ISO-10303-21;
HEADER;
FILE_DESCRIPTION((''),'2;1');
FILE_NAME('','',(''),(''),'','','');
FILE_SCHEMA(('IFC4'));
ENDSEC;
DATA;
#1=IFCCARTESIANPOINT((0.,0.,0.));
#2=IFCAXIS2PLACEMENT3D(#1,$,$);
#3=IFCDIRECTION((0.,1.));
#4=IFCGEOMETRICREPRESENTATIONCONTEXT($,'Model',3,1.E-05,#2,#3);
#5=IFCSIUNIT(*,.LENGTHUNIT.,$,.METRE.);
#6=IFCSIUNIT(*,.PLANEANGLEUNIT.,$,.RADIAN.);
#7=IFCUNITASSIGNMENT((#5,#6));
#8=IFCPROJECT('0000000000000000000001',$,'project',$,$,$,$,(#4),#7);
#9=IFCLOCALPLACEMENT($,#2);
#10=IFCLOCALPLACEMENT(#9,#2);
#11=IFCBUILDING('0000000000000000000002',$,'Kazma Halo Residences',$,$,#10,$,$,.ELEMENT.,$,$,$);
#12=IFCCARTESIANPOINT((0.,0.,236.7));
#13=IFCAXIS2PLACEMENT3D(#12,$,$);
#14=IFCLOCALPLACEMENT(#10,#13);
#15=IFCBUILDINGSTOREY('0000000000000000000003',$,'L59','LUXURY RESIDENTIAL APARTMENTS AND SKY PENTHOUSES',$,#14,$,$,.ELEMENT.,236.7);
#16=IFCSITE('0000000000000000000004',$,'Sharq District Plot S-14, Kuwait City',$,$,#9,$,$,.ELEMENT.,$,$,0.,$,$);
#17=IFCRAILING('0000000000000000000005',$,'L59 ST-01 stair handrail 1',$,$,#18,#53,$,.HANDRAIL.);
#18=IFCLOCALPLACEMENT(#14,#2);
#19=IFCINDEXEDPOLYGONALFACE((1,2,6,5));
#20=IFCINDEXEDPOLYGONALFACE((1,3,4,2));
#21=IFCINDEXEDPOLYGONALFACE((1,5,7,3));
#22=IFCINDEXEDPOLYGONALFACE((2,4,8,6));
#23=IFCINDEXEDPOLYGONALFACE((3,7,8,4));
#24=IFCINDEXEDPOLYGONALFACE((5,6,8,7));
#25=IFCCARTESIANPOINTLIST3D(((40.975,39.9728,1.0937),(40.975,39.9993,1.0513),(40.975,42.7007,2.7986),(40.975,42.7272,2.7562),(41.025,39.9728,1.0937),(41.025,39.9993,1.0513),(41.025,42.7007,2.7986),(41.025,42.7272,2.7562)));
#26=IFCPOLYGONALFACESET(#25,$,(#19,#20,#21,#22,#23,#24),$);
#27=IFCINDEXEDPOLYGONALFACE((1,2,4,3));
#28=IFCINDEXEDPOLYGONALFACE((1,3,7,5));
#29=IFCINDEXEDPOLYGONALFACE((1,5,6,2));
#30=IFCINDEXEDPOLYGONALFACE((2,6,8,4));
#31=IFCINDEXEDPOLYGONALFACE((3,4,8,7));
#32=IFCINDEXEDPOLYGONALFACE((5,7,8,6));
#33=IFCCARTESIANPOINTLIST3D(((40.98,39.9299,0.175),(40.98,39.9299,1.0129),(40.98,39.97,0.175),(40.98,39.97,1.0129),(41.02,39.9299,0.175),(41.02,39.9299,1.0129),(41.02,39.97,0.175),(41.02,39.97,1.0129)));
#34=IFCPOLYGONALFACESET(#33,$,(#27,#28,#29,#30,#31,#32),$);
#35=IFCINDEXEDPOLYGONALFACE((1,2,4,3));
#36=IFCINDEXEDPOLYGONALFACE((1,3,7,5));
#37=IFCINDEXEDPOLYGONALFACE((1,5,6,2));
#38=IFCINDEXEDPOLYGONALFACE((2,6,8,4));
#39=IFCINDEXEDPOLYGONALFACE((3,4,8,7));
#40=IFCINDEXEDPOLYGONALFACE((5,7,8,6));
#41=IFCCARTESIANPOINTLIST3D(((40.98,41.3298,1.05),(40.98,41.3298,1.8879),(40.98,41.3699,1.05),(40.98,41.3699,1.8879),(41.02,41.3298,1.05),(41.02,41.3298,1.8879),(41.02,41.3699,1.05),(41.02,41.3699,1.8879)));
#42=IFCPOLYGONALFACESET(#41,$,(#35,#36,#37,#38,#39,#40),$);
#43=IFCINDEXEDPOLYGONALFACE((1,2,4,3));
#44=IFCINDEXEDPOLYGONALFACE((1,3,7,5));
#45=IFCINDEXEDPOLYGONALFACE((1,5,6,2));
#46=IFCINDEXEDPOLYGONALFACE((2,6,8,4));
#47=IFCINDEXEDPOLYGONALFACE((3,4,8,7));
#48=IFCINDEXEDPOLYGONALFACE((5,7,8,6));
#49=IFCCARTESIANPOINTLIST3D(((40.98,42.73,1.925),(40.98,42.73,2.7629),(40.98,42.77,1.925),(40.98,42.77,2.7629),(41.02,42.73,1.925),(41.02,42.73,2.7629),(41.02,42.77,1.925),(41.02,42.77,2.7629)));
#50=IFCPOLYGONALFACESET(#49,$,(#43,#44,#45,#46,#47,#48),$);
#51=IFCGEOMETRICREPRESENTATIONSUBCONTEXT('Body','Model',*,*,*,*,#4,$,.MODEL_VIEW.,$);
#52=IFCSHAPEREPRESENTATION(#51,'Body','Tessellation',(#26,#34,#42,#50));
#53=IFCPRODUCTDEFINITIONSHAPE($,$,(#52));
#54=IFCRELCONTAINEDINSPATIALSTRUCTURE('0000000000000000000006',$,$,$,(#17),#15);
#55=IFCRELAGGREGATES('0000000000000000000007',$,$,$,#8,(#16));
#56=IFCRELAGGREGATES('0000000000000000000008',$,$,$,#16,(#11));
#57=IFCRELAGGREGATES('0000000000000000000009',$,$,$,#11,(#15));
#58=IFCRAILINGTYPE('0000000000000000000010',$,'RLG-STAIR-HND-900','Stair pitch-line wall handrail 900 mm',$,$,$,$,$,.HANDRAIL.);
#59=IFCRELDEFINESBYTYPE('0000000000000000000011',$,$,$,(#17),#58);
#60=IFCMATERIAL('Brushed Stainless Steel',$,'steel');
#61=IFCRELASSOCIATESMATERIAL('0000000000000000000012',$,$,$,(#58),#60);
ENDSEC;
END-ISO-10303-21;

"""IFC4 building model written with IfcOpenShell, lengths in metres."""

from ifc_helpers import new_model, si_unit, direction, frame, origin, origin_2d, place, context, subcontext, project, spatial, rectangle, extrude, material, type_object, element, save


model = new_model("IFC4")

# Units and contexts
model_context = context("Model", 3, precision=1e-05, world=origin(), true_north=direction((0.0, 1.0)))
body_context = subcontext(model_context, "Body", "Model", "MODEL_VIEW")
ifc_project = project(units=[si_unit("LENGTHUNIT", "METRE"), si_unit("PLANEANGLEUNIT", "RADIAN")], contexts=[model_context])

# Site, building, storey
site_placement = place(None, origin())
site = spatial("IfcSite", under=ifc_project, at=site_placement, Name="Sharq District Plot S-14, Kuwait City", CompositionType="ELEMENT", RefElevation=0.0)
building_placement = place(site_placement, origin())
building = spatial("IfcBuilding", under=site, at=building_placement, Name="Kazma Halo Residences", CompositionType="ELEMENT")
storey_placement = place(building_placement, frame((0.0, 0.0, 236.7)))
storey = spatial("IfcBuildingStorey", under=building, at=storey_placement, Name="L59", Description="LUXURY RESIDENTIAL APARTMENTS AND SKY PENTHOUSES", CompositionType="ELEMENT", Elevation=236.7)

# Railing
ifc_material_1 = material(Name="Brushed Stainless Steel", Category="steel")
railing_type_1 = type_object("IfcRailingType", Name="RLG-STAIR-HND-900", Description="Stair pitch-line wall handrail 900 mm", PredefinedType="HANDRAIL", material=ifc_material_1)
railing_1_placement = place(storey_placement, frame((41.0, 39.95, 0.175)))
element("IfcRailing", 1, at=railing_1_placement, inside=storey, type_object=railing_type_1, Name="L59 ST-01 stair handrail 1", PredefinedType="HANDRAIL", context=body_context, shape_type="SweptSolid", body=[
    extrude(rectangle(XDim=0.05, YDim=0.05, at=origin_2d()), frame((0.0, 0.0361, 0.8975), z_axis=(0.0, 0.848002, 0.529992), x_axis=(-1.0, 0.0, 0.0)), (0.0, 0.0, 1.0), 3.2168),
    extrude(rectangle(XDim=0.04, YDim=0.04, at=origin_2d()), origin(), (0.0, 0.0, 1.0), 0.8379),
    extrude(rectangle(XDim=0.04, YDim=0.04, at=origin_2d()), frame((0.0, 1.3999, 0.875)), (0.0, 0.0, 1.0), 0.8379),
    extrude(rectangle(XDim=0.04, YDim=0.04, at=origin_2d()), frame((0.0, 2.8, 1.75)), (0.0, 0.0, 1.0), 0.8379),
])

save(model, "model.ifc")
